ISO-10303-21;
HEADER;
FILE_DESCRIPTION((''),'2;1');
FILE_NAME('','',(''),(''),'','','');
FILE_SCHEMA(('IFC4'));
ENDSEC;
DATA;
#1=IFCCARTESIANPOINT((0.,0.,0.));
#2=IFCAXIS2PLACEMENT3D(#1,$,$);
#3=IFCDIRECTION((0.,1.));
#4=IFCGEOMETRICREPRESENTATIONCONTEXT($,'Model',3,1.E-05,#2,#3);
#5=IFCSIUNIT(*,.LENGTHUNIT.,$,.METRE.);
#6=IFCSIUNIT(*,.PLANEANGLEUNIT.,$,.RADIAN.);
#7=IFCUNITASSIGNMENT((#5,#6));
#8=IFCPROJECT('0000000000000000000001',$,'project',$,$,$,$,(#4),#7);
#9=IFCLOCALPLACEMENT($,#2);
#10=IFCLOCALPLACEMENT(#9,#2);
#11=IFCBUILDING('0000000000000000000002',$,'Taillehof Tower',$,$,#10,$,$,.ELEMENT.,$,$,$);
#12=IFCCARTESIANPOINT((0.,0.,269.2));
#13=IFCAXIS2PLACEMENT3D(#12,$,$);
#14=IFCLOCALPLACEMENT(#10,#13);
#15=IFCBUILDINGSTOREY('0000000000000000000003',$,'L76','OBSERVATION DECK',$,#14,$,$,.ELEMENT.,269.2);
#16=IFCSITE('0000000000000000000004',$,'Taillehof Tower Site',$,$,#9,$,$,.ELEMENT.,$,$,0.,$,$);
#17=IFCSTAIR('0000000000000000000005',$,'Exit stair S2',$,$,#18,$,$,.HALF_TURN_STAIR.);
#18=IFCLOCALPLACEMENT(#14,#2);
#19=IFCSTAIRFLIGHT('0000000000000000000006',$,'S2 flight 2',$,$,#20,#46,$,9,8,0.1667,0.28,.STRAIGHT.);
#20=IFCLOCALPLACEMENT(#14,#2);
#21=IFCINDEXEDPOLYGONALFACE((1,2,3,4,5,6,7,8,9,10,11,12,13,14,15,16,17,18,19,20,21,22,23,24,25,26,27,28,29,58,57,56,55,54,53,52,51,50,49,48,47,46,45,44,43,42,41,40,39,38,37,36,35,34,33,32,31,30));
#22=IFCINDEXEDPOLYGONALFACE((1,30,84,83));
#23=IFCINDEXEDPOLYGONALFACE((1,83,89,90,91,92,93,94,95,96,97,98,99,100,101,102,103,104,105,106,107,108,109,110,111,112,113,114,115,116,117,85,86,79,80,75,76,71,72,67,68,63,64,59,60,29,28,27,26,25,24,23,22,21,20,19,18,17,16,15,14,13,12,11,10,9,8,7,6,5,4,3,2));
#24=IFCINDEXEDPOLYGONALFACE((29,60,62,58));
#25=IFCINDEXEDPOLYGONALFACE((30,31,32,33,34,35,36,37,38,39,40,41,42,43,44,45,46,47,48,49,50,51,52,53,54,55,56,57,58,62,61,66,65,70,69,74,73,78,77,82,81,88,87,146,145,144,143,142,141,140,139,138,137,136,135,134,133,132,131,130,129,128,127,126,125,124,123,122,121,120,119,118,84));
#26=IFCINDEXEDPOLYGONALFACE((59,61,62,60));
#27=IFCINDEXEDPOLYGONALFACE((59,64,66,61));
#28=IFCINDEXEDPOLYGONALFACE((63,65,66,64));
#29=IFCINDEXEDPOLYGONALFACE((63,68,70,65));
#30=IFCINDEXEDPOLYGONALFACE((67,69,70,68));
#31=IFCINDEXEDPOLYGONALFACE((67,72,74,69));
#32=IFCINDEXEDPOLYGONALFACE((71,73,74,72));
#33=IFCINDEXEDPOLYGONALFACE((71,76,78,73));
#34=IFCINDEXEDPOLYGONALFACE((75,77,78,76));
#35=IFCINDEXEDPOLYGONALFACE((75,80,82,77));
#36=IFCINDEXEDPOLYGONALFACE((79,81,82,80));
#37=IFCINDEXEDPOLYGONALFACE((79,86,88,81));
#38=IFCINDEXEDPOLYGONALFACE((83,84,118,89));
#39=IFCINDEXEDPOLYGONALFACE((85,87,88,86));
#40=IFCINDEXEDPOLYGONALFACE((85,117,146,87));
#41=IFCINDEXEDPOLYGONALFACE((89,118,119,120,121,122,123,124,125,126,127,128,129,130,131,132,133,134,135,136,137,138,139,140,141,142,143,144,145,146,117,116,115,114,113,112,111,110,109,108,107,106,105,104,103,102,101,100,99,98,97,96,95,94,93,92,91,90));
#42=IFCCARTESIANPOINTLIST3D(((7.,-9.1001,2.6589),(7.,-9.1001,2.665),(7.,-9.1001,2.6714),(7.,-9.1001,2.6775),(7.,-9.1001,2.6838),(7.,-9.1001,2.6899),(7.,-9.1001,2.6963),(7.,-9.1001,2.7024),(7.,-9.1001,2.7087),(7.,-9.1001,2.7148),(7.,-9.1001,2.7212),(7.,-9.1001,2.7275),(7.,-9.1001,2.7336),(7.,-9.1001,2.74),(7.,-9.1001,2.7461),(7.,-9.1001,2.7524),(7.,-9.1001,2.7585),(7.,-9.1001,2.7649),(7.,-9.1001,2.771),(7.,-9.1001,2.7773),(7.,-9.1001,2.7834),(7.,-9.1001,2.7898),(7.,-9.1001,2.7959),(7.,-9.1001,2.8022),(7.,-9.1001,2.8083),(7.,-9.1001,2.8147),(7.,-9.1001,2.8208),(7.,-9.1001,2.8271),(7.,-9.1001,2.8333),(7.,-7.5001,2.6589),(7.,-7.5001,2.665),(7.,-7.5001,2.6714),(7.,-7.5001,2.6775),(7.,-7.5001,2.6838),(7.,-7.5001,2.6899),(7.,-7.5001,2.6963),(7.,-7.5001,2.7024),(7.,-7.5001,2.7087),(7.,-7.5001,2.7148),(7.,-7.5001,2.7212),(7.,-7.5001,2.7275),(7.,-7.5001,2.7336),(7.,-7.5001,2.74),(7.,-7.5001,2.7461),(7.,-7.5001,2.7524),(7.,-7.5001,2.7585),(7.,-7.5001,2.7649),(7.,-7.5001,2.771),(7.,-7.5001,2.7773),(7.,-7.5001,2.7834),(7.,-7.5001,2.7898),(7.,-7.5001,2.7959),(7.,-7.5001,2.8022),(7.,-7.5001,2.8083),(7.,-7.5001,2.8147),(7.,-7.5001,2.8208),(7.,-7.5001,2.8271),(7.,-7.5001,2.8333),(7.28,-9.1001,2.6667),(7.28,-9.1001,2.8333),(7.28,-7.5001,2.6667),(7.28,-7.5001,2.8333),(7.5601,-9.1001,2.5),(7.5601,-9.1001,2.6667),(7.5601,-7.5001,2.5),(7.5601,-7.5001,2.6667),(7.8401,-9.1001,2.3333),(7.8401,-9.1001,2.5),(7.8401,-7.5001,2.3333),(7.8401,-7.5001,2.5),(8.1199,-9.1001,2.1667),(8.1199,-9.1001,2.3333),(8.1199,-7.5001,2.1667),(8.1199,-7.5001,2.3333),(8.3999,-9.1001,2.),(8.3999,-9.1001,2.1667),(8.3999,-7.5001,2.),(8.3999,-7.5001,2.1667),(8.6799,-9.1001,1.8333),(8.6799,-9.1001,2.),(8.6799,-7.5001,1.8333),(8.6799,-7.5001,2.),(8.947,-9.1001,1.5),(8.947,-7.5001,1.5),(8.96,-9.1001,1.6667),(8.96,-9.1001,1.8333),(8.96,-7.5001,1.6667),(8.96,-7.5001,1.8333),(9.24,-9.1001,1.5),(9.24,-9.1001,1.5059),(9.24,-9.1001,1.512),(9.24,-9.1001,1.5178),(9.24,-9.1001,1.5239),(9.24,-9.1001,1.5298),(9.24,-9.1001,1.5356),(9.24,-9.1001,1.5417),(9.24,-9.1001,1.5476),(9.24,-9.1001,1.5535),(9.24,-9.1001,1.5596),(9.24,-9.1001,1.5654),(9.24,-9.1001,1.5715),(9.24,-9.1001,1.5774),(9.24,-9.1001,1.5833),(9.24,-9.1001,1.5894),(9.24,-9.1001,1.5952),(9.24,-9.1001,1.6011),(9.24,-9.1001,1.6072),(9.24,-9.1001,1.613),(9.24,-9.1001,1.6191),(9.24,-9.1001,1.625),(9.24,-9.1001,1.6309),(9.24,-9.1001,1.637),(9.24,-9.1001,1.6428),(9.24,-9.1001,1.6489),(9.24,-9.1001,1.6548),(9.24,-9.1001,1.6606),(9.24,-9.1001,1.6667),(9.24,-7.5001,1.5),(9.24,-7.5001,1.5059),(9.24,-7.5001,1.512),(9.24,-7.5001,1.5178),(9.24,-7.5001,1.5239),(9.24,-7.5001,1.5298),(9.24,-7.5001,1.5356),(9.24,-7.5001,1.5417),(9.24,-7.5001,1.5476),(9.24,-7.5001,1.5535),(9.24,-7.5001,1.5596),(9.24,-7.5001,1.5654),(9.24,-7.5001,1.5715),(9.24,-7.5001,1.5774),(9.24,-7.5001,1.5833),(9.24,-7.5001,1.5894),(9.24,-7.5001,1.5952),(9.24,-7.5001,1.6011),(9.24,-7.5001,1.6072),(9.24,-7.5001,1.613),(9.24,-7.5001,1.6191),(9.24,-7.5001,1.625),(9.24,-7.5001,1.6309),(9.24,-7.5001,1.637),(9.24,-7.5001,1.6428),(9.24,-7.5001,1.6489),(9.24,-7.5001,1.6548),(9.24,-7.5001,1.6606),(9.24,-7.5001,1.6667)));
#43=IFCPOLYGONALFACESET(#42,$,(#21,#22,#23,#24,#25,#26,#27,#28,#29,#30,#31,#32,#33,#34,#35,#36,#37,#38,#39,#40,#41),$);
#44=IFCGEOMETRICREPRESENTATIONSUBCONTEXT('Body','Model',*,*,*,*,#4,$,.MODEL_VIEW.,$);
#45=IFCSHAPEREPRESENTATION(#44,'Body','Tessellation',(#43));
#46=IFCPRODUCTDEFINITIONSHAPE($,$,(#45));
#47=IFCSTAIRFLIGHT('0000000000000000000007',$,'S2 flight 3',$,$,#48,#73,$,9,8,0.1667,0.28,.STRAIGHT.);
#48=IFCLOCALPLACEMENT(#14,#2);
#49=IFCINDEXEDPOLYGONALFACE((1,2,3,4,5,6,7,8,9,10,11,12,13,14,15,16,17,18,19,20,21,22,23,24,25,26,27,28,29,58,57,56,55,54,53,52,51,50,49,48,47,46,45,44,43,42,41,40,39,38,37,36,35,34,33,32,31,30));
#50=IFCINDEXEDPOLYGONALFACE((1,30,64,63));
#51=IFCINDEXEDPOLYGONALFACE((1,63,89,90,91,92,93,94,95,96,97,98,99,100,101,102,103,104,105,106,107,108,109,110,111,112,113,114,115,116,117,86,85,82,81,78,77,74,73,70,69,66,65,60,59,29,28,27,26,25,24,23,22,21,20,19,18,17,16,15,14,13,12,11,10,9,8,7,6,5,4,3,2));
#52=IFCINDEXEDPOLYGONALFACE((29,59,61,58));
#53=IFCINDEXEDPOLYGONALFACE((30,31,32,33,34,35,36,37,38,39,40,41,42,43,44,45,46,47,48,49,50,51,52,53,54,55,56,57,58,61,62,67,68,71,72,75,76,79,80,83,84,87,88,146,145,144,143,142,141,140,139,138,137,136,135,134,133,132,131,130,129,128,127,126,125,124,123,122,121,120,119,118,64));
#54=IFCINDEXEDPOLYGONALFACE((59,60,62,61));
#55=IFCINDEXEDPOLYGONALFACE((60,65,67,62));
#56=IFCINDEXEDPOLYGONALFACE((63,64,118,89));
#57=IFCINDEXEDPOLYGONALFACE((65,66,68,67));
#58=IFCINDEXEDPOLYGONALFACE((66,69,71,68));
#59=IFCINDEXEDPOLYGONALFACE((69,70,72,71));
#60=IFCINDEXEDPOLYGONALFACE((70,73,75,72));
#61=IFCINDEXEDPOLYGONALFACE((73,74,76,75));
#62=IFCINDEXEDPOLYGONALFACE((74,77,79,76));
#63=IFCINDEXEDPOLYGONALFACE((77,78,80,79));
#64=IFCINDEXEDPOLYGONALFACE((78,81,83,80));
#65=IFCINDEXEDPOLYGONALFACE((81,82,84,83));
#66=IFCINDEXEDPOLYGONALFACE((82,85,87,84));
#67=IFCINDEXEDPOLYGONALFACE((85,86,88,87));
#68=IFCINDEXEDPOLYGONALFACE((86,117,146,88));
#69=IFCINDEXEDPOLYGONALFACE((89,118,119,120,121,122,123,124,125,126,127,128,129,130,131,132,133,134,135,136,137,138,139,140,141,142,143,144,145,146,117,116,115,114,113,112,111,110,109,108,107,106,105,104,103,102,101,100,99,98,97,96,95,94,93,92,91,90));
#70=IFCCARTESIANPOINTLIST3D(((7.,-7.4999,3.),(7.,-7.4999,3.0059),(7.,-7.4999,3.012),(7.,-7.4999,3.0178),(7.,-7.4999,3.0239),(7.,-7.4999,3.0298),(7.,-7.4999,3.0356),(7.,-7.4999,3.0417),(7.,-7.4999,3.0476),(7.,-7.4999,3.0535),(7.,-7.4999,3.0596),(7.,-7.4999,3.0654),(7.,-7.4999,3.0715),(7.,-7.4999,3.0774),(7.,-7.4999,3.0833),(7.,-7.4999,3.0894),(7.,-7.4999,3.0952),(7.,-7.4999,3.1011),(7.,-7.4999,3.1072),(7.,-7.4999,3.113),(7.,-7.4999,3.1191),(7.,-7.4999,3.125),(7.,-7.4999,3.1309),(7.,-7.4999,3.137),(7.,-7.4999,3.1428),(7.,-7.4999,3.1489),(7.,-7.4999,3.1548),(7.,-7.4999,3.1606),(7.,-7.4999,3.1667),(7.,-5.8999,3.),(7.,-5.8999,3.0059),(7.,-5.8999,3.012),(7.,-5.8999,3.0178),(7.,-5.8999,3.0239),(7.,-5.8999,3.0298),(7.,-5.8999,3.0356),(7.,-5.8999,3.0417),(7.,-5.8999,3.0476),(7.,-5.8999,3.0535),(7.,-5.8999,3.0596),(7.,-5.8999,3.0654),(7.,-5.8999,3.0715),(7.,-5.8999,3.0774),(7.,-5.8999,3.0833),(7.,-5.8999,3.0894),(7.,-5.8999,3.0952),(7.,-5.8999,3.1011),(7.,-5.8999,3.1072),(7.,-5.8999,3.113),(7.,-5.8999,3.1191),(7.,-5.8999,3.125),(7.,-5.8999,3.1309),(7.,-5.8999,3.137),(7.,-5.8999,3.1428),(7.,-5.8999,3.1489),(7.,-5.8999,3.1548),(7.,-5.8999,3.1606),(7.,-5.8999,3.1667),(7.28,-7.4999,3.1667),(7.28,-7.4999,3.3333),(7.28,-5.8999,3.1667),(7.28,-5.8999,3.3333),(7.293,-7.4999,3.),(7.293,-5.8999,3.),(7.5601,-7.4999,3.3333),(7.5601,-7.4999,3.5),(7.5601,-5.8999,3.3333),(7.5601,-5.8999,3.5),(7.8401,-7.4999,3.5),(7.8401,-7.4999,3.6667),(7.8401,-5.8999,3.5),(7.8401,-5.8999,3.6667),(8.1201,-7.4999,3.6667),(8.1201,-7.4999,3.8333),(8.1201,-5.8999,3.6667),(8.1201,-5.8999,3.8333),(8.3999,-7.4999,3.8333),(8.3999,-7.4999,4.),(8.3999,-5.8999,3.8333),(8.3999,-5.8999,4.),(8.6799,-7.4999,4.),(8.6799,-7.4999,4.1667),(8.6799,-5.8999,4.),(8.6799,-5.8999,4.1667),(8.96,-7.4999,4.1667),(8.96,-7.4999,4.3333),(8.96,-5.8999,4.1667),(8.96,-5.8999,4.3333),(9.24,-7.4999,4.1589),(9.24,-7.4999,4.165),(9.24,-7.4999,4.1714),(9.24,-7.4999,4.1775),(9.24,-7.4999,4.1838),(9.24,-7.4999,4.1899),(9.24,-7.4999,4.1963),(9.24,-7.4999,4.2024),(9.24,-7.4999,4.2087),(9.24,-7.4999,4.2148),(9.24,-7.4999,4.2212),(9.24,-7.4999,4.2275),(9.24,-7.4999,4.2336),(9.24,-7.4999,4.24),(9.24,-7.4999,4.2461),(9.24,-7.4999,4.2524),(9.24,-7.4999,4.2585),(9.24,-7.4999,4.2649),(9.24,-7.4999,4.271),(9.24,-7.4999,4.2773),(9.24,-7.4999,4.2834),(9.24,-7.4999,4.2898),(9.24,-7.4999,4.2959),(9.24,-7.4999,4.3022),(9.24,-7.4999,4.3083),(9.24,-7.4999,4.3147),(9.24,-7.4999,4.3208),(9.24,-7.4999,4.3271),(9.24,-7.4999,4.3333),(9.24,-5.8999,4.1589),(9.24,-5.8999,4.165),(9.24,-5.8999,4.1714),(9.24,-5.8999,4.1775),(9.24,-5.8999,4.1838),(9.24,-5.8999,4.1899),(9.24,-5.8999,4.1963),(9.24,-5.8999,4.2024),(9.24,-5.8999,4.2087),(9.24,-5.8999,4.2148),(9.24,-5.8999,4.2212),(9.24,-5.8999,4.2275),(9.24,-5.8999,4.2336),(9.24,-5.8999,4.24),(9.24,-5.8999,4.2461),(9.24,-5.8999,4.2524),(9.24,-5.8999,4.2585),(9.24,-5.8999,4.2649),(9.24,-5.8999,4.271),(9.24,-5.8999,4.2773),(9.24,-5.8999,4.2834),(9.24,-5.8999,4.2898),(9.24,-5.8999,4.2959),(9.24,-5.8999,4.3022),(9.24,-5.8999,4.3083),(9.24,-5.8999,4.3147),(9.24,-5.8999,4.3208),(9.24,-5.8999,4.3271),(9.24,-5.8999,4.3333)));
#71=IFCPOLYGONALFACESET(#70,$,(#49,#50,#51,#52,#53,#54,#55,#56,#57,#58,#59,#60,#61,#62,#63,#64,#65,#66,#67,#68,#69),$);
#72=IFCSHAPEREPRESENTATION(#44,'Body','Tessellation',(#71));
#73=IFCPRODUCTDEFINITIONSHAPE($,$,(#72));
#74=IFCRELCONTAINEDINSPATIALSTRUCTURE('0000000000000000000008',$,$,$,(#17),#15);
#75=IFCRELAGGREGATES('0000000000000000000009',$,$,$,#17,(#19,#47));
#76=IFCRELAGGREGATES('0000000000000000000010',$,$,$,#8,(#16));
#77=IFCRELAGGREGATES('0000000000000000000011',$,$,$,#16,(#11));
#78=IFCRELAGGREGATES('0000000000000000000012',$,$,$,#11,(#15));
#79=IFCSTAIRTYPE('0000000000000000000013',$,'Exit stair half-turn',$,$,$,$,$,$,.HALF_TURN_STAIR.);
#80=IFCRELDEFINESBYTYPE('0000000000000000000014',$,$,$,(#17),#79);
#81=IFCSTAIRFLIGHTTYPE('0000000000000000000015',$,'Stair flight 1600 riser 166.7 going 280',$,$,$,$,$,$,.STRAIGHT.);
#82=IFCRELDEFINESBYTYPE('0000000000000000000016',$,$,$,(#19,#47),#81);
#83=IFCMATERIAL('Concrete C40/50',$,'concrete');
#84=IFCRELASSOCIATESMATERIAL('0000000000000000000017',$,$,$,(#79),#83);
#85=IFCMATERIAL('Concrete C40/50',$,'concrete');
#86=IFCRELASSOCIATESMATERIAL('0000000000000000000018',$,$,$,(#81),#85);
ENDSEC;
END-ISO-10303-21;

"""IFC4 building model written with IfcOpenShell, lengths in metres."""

from ifc_helpers import new_model, si_unit, direction, frame, origin, place, context, subcontext, project, spatial, polyline, outline, extrude, material, type_object, element, aggregate, save


model = new_model("IFC4")

# Units and contexts
model_context = context("Model", 3, precision=1e-05, world=origin(), true_north=direction((0.0, 1.0)))
body_context = subcontext(model_context, "Body", "Model", "MODEL_VIEW")
ifc_project = project(units=[si_unit("LENGTHUNIT", "METRE"), si_unit("PLANEANGLEUNIT", "RADIAN")], contexts=[model_context])

# Site, building, storey
site_placement = place(None, origin())
site = spatial("IfcSite", under=ifc_project, at=site_placement, Name="Taillehof Tower Site", CompositionType="ELEMENT", RefElevation=0.0)
building_placement = place(site_placement, origin())
building = spatial("IfcBuilding", under=site, at=building_placement, Name="Taillehof Tower", CompositionType="ELEMENT")
storey_placement = place(building_placement, frame((0.0, 0.0, 269.2)))
storey = spatial("IfcBuildingStorey", under=building, at=storey_placement, Name="L76", Description="OBSERVATION DECK", CompositionType="ELEMENT", Elevation=269.2)

# Stair
ifc_material_1 = material(Name="Concrete C40/50", Category="concrete")
stair_type = type_object("IfcStairType", Name="Exit stair half-turn", PredefinedType="HALF_TURN_STAIR", material=ifc_material_1)
stair_1_placement = place(storey_placement, origin())
stair_1 = element("IfcStair", 1, at=stair_1_placement, inside=storey, type_object=stair_type, Name="Exit stair S2", PredefinedType="HALF_TURN_STAIR")

# Stair flights
ifc_material_2 = material(Name="Concrete C40/50", Category="concrete")
stair_flight_type = type_object("IfcStairFlightType", Name="Stair flight 1600 riser 166.7 going 280", PredefinedType="STRAIGHT", material=ifc_material_2)
stair_flight_1_placement = place(storey_placement, frame((9.24, -8.3, 1.5), z_axis=(0.0, 0.0, 1.0), x_axis=(-1.0, 0.0, 0.0)))
stair_flight_1 = element("IfcStairFlight", 2, at=stair_flight_1_placement, type_object=stair_flight_type, Name="S2 flight 2", NumberOfRisers=9, NumberOfTreads=8, PredefinedType="STRAIGHT", RiserHeight=0.1667, TreadLength=0.28, context=body_context, shape_type="SweptSolid", body=[
    extrude(outline(polyline([(0.0, 0.0), (0.0, 0.0059), (0.0, 0.012), (0.0, 0.0178), (0.0, 0.0239), (0.0, 0.0298), (0.0, 0.0356), (0.0, 0.0417), (0.0, 0.0476), (0.0, 0.0535), (0.0, 0.0596), (0.0, 0.0654), (0.0, 0.0715), (0.0, 0.0774), (0.0, 0.0833), (0.0, 0.0894), (0.0, 0.0952), (0.0, 0.1011), (0.0, 0.1072), (0.0, 0.113), (0.0, 0.1191), (0.0, 0.125), (0.0, 0.1309), (0.0, 0.137), (0.0, 0.1428), (0.0, 0.1489), (0.0, 0.1548), (0.0, 0.1606), (0.0, 0.1667), (0.28, 0.1667), (0.28, 0.3333), (0.5601, 0.3333), (0.5601, 0.5), (0.8401, 0.5), (0.8401, 0.6667), (1.1201, 0.6667), (1.1201, 0.8333), (1.3999, 0.8333), (1.3999, 1.0), (1.6799, 1.0), (1.6799, 1.1667), (1.96, 1.1667), (1.96, 1.3333), (2.24, 1.3333), (2.24, 1.3271), (2.24, 1.3208), (2.24, 1.3147), (2.24, 1.3083), (2.24, 1.3022), (2.24, 1.2959), (2.24, 1.2898), (2.24, 1.2834), (2.24, 1.2773), (2.24, 1.271), (2.24, 1.2649), (2.24, 1.2585), (2.24, 1.2524), (2.24, 1.2461), (2.24, 1.24), (2.24, 1.2336), (2.24, 1.2275), (2.24, 1.2212), (2.24, 1.2148), (2.24, 1.2087), (2.24, 1.2024), (2.24, 1.1963), (2.24, 1.1899), (2.24, 1.1838), (2.24, 1.1775), (2.24, 1.1714), (2.24, 1.165), (2.24, 1.1589), (0.293, 0.0), (0.0, 0.0)])), frame((0.0, 0.8, 0.0), z_axis=(0.0, -1.0, 0.0), x_axis=(1.0, 0.0, 0.0)), (0.0, 0.0, 1.0), 1.6),
])
stair_flight_2_placement = place(storey_placement, frame((7.0, -6.7, 3.0), z_axis=(0.0, 0.0, 1.0), x_axis=(1.0, 0.0, 0.0)))
stair_flight_2 = element("IfcStairFlight", 3, at=stair_flight_2_placement, type_object=stair_flight_type, Name="S2 flight 3", NumberOfRisers=9, NumberOfTreads=8, PredefinedType="STRAIGHT", RiserHeight=0.1667, TreadLength=0.28, context=body_context, shape_type="SweptSolid", body=[
    extrude(outline(polyline([(0.0, 0.0), (0.0, 0.0059), (0.0, 0.012), (0.0, 0.0178), (0.0, 0.0239), (0.0, 0.0298), (0.0, 0.0356), (0.0, 0.0417), (0.0, 0.0476), (0.0, 0.0535), (0.0, 0.0596), (0.0, 0.0654), (0.0, 0.0715), (0.0, 0.0774), (0.0, 0.0833), (0.0, 0.0894), (0.0, 0.0952), (0.0, 0.1011), (0.0, 0.1072), (0.0, 0.113), (0.0, 0.1191), (0.0, 0.125), (0.0, 0.1309), (0.0, 0.137), (0.0, 0.1428), (0.0, 0.1489), (0.0, 0.1548), (0.0, 0.1606), (0.0, 0.1667), (0.28, 0.1667), (0.28, 0.3333), (0.5601, 0.3333), (0.5601, 0.5), (0.8401, 0.5), (0.8401, 0.6667), (1.1201, 0.6667), (1.1201, 0.8333), (1.3999, 0.8333), (1.3999, 1.0), (1.6799, 1.0), (1.6799, 1.1667), (1.96, 1.1667), (1.96, 1.3333), (2.24, 1.3333), (2.24, 1.3271), (2.24, 1.3208), (2.24, 1.3147), (2.24, 1.3083), (2.24, 1.3022), (2.24, 1.2959), (2.24, 1.2898), (2.24, 1.2834), (2.24, 1.2773), (2.24, 1.271), (2.24, 1.2649), (2.24, 1.2585), (2.24, 1.2524), (2.24, 1.2461), (2.24, 1.24), (2.24, 1.2336), (2.24, 1.2275), (2.24, 1.2212), (2.24, 1.2148), (2.24, 1.2087), (2.24, 1.2024), (2.24, 1.1963), (2.24, 1.1899), (2.24, 1.1838), (2.24, 1.1775), (2.24, 1.1714), (2.24, 1.165), (2.24, 1.1589), (0.293, 0.0), (0.0, 0.0)])), frame((0.0, 0.8, 0.0), z_axis=(0.0, -1.0, 0.0), x_axis=(1.0, 0.0, 0.0)), (0.0, 0.0, 1.0), 1.6),
])
aggregate(stair_1, [stair_flight_1, stair_flight_2])

save(model, "model.ifc")
